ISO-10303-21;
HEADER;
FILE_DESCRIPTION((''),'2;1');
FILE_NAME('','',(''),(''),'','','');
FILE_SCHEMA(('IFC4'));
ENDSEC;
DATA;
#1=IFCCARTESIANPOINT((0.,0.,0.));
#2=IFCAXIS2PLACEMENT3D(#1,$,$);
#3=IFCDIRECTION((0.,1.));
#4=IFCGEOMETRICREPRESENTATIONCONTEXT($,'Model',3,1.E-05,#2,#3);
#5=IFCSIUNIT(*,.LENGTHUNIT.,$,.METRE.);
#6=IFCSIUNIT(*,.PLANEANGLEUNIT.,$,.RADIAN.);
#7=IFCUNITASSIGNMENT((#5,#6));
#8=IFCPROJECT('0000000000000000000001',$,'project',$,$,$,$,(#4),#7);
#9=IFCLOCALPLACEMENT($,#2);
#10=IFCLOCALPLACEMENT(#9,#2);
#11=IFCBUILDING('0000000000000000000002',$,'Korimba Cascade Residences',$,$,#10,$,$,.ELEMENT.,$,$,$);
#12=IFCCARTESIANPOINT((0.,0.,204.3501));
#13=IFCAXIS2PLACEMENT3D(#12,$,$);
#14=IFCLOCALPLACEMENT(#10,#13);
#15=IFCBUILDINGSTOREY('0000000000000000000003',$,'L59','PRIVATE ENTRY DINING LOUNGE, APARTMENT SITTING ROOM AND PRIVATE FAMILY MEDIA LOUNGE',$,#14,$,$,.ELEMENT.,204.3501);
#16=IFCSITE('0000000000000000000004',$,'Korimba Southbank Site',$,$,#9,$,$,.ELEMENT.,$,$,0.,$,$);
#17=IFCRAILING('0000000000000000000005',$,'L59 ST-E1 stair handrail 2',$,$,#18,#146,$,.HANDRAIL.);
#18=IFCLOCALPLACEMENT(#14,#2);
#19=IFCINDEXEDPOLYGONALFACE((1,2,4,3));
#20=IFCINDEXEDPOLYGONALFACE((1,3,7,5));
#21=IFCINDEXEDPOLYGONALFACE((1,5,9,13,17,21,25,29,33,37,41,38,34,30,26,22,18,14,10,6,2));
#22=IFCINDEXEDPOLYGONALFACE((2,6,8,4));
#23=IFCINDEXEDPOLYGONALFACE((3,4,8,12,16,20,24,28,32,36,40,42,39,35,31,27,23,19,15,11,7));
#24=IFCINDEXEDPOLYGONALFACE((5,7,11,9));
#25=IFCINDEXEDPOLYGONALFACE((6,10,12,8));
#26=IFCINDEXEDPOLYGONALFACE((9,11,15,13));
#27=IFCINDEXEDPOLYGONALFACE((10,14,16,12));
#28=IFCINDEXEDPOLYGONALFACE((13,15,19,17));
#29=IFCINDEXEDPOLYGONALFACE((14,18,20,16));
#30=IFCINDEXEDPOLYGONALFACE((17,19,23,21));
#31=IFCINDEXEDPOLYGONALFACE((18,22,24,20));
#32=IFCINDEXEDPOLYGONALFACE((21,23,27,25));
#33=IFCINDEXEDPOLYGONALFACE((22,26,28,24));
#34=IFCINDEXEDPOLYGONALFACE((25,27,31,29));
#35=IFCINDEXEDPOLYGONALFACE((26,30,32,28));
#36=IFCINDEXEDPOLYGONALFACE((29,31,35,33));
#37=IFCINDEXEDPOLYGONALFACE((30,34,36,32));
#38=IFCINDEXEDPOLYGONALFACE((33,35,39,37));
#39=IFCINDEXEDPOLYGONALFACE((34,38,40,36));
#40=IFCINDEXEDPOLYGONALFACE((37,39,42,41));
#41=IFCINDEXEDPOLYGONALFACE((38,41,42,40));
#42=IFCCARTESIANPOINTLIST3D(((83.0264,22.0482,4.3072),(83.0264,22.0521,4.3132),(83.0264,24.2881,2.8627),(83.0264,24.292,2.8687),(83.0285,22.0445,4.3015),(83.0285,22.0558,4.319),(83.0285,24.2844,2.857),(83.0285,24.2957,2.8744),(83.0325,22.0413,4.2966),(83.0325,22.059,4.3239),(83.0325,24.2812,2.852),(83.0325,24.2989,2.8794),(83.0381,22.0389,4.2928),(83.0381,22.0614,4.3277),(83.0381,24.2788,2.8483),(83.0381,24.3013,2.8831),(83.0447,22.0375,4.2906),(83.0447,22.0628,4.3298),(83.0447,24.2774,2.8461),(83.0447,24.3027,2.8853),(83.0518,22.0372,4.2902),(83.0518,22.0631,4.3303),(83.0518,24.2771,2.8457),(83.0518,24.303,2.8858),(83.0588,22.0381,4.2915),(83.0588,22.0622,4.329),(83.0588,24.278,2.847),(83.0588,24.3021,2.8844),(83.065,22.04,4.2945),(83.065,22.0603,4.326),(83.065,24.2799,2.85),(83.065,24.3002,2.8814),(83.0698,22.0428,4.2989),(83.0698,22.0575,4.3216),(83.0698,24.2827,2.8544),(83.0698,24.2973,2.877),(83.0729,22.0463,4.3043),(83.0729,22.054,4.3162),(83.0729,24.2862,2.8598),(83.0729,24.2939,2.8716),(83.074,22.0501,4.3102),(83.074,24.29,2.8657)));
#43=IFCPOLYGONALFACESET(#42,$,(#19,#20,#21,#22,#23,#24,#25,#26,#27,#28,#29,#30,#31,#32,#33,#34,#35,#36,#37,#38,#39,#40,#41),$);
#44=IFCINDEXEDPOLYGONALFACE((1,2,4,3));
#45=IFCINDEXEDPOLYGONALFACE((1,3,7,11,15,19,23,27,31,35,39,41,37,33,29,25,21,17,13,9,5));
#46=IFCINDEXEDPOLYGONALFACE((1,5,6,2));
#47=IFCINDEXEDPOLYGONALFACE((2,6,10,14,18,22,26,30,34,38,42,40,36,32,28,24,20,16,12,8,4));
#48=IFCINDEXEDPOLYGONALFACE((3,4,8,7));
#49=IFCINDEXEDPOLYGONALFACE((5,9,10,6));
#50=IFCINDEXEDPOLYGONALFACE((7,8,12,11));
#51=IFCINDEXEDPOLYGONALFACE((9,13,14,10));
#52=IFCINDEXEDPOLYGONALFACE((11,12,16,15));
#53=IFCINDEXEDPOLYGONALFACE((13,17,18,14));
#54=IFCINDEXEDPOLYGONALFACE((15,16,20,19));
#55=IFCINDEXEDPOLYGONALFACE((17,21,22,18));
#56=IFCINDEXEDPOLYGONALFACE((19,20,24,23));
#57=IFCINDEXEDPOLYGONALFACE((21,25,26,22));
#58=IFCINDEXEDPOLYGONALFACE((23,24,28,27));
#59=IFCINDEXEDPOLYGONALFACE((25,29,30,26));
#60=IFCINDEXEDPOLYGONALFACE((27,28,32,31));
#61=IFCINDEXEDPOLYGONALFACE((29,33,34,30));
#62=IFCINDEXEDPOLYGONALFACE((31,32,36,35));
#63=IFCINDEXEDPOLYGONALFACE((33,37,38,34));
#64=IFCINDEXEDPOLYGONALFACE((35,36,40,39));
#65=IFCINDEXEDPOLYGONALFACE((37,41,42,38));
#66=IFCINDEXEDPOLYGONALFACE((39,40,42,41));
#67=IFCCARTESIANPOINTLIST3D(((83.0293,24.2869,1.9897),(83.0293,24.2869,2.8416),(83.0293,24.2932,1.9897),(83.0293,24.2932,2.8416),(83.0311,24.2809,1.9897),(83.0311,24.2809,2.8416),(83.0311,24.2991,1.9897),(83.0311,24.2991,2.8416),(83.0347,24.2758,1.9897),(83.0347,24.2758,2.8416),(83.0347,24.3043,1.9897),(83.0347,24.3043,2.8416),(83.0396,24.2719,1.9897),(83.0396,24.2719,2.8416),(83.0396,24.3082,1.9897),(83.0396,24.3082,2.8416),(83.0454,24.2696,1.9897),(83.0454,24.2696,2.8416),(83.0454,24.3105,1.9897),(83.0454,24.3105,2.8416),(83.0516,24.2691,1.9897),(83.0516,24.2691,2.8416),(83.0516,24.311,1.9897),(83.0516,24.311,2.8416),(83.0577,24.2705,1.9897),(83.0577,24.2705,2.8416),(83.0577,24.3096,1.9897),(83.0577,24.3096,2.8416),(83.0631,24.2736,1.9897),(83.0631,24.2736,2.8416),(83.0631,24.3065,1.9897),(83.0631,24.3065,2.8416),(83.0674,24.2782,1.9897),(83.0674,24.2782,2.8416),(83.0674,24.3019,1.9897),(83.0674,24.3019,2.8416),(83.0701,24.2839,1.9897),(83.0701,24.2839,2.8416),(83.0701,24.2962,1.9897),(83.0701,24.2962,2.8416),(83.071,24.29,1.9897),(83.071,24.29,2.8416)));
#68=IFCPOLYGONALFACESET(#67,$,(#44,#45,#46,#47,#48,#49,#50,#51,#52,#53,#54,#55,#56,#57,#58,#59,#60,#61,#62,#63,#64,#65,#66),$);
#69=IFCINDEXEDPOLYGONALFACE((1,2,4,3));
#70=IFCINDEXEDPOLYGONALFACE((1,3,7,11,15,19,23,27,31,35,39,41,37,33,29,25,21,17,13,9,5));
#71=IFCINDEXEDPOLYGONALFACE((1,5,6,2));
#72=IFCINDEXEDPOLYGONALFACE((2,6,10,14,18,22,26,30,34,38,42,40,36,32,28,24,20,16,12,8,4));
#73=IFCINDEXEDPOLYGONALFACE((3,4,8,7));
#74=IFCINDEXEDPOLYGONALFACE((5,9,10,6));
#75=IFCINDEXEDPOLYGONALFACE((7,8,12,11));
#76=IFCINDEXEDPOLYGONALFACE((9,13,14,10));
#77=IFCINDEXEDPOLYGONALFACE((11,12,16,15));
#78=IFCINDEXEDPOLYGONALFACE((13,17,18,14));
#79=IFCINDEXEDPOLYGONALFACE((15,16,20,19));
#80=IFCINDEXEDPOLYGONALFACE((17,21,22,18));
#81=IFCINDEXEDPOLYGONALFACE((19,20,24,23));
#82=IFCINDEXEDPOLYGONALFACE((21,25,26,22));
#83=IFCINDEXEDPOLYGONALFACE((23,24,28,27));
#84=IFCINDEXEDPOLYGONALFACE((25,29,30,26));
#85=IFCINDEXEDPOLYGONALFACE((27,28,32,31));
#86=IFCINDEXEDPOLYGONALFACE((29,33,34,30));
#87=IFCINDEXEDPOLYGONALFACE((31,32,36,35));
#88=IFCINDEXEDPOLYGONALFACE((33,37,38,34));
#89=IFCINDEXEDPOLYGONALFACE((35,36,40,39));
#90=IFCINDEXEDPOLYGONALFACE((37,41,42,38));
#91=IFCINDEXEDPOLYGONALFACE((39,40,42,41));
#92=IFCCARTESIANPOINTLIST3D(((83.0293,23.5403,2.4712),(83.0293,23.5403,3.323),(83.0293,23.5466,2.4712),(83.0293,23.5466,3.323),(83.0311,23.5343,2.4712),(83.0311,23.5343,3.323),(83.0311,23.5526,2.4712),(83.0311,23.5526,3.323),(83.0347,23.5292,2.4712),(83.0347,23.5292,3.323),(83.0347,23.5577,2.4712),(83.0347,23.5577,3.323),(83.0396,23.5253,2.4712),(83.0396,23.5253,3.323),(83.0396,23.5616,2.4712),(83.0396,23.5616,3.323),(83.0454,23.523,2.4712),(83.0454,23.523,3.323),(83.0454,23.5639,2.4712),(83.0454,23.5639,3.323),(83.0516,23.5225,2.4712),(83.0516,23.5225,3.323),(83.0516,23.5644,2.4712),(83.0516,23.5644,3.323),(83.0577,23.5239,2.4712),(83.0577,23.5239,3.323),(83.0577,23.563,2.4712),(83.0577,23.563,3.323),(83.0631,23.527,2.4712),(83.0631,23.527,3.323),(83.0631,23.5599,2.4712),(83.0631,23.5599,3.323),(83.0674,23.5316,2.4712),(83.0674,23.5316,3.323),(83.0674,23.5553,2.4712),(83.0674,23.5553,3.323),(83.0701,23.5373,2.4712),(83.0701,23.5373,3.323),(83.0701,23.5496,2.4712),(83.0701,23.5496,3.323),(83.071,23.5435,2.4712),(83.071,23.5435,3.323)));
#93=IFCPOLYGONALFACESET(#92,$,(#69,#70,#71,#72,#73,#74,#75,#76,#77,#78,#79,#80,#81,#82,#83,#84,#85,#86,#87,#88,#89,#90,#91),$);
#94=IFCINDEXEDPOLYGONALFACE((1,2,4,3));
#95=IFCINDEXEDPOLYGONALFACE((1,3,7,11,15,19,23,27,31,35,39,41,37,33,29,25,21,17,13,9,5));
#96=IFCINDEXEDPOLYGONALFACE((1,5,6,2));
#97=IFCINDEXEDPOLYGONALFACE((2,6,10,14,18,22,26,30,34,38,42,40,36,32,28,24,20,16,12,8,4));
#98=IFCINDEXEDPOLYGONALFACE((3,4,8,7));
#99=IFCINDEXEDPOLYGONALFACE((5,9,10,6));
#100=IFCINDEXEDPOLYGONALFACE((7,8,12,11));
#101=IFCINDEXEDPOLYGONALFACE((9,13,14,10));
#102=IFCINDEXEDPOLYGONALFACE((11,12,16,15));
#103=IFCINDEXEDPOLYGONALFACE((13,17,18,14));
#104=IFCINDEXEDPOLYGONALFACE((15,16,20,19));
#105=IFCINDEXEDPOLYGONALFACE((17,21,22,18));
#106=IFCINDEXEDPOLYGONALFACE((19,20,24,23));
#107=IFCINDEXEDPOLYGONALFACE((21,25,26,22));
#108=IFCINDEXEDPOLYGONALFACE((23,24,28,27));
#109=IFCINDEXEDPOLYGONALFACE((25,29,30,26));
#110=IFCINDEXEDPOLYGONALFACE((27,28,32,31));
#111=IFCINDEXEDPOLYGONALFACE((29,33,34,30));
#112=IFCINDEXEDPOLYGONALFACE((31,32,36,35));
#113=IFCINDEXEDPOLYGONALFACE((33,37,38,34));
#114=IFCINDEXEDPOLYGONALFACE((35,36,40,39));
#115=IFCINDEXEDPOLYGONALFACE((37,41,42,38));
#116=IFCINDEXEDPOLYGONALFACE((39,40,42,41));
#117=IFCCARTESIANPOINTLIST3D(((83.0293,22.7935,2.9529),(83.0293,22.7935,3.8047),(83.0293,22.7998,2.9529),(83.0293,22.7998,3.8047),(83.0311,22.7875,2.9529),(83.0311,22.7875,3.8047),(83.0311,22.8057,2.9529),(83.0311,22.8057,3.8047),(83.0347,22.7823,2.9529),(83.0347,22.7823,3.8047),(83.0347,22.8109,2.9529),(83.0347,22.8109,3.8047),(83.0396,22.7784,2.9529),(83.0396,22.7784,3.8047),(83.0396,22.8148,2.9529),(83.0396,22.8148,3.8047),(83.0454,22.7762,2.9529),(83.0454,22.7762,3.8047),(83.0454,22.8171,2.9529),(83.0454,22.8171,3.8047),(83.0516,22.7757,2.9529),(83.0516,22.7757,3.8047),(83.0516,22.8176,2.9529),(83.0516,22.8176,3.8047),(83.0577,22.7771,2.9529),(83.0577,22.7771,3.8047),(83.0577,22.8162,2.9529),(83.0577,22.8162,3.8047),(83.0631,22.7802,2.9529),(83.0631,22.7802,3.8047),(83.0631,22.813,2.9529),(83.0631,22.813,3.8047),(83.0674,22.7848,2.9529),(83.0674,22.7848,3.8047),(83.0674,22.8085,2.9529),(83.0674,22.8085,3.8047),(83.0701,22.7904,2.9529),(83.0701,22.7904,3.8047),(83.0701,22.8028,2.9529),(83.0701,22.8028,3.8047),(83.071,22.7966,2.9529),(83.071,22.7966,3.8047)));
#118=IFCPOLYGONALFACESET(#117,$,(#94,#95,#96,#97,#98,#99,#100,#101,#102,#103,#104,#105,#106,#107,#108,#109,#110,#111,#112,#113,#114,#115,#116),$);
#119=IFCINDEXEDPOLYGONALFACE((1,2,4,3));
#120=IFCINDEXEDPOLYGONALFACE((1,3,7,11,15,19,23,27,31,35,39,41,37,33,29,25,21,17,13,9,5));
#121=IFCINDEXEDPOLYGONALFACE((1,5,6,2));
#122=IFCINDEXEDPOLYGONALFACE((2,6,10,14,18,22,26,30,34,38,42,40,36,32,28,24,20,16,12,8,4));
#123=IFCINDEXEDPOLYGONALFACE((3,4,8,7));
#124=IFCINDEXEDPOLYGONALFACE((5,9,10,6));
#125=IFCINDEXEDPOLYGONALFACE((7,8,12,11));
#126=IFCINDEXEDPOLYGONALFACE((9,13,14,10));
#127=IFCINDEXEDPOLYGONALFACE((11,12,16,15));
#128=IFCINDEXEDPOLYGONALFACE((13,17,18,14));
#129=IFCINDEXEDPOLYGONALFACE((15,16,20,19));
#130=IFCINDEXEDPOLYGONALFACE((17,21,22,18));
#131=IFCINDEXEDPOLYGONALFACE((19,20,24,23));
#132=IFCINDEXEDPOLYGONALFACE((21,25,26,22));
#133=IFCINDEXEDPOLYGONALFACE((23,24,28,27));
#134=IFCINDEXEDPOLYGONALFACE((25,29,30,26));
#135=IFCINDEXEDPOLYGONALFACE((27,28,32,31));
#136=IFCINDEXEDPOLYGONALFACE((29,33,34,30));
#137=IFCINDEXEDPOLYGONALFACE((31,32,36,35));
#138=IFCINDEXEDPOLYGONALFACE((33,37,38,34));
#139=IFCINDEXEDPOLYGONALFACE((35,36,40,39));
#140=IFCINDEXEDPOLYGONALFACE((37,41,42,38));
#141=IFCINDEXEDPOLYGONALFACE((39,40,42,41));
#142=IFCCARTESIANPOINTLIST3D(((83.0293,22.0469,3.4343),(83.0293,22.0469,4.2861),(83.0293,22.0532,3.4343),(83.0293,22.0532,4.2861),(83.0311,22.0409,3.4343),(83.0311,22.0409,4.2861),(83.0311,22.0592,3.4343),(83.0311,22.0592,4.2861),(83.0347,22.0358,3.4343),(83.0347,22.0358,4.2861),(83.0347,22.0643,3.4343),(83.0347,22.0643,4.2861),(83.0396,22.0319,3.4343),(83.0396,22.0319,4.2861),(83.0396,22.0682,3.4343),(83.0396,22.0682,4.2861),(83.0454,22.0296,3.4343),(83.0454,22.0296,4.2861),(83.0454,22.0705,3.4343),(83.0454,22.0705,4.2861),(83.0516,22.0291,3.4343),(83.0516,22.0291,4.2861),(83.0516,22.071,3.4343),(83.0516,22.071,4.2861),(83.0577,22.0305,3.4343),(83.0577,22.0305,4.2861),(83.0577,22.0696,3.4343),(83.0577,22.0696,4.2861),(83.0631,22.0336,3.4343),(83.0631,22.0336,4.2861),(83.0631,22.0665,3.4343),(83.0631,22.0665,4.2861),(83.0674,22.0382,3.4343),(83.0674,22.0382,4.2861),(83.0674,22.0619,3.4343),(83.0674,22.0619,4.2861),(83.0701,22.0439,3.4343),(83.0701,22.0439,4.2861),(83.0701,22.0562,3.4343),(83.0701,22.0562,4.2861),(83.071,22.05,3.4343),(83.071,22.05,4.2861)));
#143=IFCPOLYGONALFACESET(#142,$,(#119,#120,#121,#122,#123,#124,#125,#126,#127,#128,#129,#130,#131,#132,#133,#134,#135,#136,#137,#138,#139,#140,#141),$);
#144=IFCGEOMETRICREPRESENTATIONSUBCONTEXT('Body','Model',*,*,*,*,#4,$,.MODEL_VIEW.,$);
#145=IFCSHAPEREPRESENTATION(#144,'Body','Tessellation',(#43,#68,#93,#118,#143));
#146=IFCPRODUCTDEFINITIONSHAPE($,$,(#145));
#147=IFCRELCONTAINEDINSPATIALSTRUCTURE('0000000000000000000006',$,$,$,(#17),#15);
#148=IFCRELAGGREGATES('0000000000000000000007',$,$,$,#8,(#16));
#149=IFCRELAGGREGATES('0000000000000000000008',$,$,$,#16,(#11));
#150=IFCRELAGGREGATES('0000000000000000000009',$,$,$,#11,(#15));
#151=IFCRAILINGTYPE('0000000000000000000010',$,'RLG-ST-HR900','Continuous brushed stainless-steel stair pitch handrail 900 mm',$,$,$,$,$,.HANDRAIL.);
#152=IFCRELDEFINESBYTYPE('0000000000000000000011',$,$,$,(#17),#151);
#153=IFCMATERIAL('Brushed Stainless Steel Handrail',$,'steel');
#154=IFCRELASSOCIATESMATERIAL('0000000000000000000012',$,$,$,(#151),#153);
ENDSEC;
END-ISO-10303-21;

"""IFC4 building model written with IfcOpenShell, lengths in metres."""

from ifc_helpers import new_model, si_unit, direction, frame, origin, origin_2d, place, context, subcontext, project, spatial, circle, extrude, material, type_object, element, save


model = new_model("IFC4")

# Units and contexts
model_context = context("Model", 3, precision=1e-05, world=origin(), true_north=direction((0.0, 1.0)))
body_context = subcontext(model_context, "Body", "Model", "MODEL_VIEW")
ifc_project = project(units=[si_unit("LENGTHUNIT", "METRE"), si_unit("PLANEANGLEUNIT", "RADIAN")], contexts=[model_context])

# Site, building, storey
site_placement = place(None, origin())
site = spatial("IfcSite", under=ifc_project, at=site_placement, Name="Korimba Southbank Site", CompositionType="ELEMENT", RefElevation=0.0)
building_placement = place(site_placement, origin())
building = spatial("IfcBuilding", under=site, at=building_placement, Name="Korimba Cascade Residences", CompositionType="ELEMENT")
storey_placement = place(building_placement, frame((0.0, 0.0, 204.3501)))
storey = spatial("IfcBuildingStorey", under=building, at=storey_placement, Name="L59", Description="PRIVATE ENTRY DINING LOUNGE, APARTMENT SITTING ROOM AND PRIVATE FAMILY MEDIA LOUNGE", CompositionType="ELEMENT", Elevation=204.3501)

# Railing
ifc_material_1 = material(Name="Brushed Stainless Steel Handrail", Category="steel")
railing_type_1 = type_object("IfcRailingType", Name="RLG-ST-HR900", Description="Continuous brushed stainless-steel stair pitch handrail 900 mm", PredefinedType="HANDRAIL", material=ifc_material_1)
railing_1_placement = place(storey_placement, frame((83.05, 24.29, 1.9897)))
element("IfcRailing", 1, at=railing_1_placement, inside=storey, type_object=railing_type_1, Name="L59 ST-E1 stair handrail 2", PredefinedType="HANDRAIL", context=body_context, shape_type="SweptSolid", body=[
    extrude(circle(Radius=0.0239, at=origin_2d()), frame((0.0, 0.0, 0.876), z_axis=(0.0, -0.840395, 0.541975), x_axis=(1.0, 0.0, 0.0)), (0.0, 0.0, 1.0), 2.6653),
    extrude(circle(Radius=0.021, at=origin_2d()), origin(), (0.0, 0.0, 1.0), 0.8518),
    extrude(circle(Radius=0.021, at=origin_2d()), frame((0.0, -0.7466, 0.4814)), (0.0, 0.0, 1.0), 0.8518),
    extrude(circle(Radius=0.021, at=origin_2d()), frame((0.0, -1.4934, 0.9631)), (0.0, 0.0, 1.0), 0.8518),
    extrude(circle(Radius=0.021, at=origin_2d()), frame((0.0, -2.24, 1.4446)), (0.0, 0.0, 1.0), 0.8518),
])

save(model, "model.ifc")
